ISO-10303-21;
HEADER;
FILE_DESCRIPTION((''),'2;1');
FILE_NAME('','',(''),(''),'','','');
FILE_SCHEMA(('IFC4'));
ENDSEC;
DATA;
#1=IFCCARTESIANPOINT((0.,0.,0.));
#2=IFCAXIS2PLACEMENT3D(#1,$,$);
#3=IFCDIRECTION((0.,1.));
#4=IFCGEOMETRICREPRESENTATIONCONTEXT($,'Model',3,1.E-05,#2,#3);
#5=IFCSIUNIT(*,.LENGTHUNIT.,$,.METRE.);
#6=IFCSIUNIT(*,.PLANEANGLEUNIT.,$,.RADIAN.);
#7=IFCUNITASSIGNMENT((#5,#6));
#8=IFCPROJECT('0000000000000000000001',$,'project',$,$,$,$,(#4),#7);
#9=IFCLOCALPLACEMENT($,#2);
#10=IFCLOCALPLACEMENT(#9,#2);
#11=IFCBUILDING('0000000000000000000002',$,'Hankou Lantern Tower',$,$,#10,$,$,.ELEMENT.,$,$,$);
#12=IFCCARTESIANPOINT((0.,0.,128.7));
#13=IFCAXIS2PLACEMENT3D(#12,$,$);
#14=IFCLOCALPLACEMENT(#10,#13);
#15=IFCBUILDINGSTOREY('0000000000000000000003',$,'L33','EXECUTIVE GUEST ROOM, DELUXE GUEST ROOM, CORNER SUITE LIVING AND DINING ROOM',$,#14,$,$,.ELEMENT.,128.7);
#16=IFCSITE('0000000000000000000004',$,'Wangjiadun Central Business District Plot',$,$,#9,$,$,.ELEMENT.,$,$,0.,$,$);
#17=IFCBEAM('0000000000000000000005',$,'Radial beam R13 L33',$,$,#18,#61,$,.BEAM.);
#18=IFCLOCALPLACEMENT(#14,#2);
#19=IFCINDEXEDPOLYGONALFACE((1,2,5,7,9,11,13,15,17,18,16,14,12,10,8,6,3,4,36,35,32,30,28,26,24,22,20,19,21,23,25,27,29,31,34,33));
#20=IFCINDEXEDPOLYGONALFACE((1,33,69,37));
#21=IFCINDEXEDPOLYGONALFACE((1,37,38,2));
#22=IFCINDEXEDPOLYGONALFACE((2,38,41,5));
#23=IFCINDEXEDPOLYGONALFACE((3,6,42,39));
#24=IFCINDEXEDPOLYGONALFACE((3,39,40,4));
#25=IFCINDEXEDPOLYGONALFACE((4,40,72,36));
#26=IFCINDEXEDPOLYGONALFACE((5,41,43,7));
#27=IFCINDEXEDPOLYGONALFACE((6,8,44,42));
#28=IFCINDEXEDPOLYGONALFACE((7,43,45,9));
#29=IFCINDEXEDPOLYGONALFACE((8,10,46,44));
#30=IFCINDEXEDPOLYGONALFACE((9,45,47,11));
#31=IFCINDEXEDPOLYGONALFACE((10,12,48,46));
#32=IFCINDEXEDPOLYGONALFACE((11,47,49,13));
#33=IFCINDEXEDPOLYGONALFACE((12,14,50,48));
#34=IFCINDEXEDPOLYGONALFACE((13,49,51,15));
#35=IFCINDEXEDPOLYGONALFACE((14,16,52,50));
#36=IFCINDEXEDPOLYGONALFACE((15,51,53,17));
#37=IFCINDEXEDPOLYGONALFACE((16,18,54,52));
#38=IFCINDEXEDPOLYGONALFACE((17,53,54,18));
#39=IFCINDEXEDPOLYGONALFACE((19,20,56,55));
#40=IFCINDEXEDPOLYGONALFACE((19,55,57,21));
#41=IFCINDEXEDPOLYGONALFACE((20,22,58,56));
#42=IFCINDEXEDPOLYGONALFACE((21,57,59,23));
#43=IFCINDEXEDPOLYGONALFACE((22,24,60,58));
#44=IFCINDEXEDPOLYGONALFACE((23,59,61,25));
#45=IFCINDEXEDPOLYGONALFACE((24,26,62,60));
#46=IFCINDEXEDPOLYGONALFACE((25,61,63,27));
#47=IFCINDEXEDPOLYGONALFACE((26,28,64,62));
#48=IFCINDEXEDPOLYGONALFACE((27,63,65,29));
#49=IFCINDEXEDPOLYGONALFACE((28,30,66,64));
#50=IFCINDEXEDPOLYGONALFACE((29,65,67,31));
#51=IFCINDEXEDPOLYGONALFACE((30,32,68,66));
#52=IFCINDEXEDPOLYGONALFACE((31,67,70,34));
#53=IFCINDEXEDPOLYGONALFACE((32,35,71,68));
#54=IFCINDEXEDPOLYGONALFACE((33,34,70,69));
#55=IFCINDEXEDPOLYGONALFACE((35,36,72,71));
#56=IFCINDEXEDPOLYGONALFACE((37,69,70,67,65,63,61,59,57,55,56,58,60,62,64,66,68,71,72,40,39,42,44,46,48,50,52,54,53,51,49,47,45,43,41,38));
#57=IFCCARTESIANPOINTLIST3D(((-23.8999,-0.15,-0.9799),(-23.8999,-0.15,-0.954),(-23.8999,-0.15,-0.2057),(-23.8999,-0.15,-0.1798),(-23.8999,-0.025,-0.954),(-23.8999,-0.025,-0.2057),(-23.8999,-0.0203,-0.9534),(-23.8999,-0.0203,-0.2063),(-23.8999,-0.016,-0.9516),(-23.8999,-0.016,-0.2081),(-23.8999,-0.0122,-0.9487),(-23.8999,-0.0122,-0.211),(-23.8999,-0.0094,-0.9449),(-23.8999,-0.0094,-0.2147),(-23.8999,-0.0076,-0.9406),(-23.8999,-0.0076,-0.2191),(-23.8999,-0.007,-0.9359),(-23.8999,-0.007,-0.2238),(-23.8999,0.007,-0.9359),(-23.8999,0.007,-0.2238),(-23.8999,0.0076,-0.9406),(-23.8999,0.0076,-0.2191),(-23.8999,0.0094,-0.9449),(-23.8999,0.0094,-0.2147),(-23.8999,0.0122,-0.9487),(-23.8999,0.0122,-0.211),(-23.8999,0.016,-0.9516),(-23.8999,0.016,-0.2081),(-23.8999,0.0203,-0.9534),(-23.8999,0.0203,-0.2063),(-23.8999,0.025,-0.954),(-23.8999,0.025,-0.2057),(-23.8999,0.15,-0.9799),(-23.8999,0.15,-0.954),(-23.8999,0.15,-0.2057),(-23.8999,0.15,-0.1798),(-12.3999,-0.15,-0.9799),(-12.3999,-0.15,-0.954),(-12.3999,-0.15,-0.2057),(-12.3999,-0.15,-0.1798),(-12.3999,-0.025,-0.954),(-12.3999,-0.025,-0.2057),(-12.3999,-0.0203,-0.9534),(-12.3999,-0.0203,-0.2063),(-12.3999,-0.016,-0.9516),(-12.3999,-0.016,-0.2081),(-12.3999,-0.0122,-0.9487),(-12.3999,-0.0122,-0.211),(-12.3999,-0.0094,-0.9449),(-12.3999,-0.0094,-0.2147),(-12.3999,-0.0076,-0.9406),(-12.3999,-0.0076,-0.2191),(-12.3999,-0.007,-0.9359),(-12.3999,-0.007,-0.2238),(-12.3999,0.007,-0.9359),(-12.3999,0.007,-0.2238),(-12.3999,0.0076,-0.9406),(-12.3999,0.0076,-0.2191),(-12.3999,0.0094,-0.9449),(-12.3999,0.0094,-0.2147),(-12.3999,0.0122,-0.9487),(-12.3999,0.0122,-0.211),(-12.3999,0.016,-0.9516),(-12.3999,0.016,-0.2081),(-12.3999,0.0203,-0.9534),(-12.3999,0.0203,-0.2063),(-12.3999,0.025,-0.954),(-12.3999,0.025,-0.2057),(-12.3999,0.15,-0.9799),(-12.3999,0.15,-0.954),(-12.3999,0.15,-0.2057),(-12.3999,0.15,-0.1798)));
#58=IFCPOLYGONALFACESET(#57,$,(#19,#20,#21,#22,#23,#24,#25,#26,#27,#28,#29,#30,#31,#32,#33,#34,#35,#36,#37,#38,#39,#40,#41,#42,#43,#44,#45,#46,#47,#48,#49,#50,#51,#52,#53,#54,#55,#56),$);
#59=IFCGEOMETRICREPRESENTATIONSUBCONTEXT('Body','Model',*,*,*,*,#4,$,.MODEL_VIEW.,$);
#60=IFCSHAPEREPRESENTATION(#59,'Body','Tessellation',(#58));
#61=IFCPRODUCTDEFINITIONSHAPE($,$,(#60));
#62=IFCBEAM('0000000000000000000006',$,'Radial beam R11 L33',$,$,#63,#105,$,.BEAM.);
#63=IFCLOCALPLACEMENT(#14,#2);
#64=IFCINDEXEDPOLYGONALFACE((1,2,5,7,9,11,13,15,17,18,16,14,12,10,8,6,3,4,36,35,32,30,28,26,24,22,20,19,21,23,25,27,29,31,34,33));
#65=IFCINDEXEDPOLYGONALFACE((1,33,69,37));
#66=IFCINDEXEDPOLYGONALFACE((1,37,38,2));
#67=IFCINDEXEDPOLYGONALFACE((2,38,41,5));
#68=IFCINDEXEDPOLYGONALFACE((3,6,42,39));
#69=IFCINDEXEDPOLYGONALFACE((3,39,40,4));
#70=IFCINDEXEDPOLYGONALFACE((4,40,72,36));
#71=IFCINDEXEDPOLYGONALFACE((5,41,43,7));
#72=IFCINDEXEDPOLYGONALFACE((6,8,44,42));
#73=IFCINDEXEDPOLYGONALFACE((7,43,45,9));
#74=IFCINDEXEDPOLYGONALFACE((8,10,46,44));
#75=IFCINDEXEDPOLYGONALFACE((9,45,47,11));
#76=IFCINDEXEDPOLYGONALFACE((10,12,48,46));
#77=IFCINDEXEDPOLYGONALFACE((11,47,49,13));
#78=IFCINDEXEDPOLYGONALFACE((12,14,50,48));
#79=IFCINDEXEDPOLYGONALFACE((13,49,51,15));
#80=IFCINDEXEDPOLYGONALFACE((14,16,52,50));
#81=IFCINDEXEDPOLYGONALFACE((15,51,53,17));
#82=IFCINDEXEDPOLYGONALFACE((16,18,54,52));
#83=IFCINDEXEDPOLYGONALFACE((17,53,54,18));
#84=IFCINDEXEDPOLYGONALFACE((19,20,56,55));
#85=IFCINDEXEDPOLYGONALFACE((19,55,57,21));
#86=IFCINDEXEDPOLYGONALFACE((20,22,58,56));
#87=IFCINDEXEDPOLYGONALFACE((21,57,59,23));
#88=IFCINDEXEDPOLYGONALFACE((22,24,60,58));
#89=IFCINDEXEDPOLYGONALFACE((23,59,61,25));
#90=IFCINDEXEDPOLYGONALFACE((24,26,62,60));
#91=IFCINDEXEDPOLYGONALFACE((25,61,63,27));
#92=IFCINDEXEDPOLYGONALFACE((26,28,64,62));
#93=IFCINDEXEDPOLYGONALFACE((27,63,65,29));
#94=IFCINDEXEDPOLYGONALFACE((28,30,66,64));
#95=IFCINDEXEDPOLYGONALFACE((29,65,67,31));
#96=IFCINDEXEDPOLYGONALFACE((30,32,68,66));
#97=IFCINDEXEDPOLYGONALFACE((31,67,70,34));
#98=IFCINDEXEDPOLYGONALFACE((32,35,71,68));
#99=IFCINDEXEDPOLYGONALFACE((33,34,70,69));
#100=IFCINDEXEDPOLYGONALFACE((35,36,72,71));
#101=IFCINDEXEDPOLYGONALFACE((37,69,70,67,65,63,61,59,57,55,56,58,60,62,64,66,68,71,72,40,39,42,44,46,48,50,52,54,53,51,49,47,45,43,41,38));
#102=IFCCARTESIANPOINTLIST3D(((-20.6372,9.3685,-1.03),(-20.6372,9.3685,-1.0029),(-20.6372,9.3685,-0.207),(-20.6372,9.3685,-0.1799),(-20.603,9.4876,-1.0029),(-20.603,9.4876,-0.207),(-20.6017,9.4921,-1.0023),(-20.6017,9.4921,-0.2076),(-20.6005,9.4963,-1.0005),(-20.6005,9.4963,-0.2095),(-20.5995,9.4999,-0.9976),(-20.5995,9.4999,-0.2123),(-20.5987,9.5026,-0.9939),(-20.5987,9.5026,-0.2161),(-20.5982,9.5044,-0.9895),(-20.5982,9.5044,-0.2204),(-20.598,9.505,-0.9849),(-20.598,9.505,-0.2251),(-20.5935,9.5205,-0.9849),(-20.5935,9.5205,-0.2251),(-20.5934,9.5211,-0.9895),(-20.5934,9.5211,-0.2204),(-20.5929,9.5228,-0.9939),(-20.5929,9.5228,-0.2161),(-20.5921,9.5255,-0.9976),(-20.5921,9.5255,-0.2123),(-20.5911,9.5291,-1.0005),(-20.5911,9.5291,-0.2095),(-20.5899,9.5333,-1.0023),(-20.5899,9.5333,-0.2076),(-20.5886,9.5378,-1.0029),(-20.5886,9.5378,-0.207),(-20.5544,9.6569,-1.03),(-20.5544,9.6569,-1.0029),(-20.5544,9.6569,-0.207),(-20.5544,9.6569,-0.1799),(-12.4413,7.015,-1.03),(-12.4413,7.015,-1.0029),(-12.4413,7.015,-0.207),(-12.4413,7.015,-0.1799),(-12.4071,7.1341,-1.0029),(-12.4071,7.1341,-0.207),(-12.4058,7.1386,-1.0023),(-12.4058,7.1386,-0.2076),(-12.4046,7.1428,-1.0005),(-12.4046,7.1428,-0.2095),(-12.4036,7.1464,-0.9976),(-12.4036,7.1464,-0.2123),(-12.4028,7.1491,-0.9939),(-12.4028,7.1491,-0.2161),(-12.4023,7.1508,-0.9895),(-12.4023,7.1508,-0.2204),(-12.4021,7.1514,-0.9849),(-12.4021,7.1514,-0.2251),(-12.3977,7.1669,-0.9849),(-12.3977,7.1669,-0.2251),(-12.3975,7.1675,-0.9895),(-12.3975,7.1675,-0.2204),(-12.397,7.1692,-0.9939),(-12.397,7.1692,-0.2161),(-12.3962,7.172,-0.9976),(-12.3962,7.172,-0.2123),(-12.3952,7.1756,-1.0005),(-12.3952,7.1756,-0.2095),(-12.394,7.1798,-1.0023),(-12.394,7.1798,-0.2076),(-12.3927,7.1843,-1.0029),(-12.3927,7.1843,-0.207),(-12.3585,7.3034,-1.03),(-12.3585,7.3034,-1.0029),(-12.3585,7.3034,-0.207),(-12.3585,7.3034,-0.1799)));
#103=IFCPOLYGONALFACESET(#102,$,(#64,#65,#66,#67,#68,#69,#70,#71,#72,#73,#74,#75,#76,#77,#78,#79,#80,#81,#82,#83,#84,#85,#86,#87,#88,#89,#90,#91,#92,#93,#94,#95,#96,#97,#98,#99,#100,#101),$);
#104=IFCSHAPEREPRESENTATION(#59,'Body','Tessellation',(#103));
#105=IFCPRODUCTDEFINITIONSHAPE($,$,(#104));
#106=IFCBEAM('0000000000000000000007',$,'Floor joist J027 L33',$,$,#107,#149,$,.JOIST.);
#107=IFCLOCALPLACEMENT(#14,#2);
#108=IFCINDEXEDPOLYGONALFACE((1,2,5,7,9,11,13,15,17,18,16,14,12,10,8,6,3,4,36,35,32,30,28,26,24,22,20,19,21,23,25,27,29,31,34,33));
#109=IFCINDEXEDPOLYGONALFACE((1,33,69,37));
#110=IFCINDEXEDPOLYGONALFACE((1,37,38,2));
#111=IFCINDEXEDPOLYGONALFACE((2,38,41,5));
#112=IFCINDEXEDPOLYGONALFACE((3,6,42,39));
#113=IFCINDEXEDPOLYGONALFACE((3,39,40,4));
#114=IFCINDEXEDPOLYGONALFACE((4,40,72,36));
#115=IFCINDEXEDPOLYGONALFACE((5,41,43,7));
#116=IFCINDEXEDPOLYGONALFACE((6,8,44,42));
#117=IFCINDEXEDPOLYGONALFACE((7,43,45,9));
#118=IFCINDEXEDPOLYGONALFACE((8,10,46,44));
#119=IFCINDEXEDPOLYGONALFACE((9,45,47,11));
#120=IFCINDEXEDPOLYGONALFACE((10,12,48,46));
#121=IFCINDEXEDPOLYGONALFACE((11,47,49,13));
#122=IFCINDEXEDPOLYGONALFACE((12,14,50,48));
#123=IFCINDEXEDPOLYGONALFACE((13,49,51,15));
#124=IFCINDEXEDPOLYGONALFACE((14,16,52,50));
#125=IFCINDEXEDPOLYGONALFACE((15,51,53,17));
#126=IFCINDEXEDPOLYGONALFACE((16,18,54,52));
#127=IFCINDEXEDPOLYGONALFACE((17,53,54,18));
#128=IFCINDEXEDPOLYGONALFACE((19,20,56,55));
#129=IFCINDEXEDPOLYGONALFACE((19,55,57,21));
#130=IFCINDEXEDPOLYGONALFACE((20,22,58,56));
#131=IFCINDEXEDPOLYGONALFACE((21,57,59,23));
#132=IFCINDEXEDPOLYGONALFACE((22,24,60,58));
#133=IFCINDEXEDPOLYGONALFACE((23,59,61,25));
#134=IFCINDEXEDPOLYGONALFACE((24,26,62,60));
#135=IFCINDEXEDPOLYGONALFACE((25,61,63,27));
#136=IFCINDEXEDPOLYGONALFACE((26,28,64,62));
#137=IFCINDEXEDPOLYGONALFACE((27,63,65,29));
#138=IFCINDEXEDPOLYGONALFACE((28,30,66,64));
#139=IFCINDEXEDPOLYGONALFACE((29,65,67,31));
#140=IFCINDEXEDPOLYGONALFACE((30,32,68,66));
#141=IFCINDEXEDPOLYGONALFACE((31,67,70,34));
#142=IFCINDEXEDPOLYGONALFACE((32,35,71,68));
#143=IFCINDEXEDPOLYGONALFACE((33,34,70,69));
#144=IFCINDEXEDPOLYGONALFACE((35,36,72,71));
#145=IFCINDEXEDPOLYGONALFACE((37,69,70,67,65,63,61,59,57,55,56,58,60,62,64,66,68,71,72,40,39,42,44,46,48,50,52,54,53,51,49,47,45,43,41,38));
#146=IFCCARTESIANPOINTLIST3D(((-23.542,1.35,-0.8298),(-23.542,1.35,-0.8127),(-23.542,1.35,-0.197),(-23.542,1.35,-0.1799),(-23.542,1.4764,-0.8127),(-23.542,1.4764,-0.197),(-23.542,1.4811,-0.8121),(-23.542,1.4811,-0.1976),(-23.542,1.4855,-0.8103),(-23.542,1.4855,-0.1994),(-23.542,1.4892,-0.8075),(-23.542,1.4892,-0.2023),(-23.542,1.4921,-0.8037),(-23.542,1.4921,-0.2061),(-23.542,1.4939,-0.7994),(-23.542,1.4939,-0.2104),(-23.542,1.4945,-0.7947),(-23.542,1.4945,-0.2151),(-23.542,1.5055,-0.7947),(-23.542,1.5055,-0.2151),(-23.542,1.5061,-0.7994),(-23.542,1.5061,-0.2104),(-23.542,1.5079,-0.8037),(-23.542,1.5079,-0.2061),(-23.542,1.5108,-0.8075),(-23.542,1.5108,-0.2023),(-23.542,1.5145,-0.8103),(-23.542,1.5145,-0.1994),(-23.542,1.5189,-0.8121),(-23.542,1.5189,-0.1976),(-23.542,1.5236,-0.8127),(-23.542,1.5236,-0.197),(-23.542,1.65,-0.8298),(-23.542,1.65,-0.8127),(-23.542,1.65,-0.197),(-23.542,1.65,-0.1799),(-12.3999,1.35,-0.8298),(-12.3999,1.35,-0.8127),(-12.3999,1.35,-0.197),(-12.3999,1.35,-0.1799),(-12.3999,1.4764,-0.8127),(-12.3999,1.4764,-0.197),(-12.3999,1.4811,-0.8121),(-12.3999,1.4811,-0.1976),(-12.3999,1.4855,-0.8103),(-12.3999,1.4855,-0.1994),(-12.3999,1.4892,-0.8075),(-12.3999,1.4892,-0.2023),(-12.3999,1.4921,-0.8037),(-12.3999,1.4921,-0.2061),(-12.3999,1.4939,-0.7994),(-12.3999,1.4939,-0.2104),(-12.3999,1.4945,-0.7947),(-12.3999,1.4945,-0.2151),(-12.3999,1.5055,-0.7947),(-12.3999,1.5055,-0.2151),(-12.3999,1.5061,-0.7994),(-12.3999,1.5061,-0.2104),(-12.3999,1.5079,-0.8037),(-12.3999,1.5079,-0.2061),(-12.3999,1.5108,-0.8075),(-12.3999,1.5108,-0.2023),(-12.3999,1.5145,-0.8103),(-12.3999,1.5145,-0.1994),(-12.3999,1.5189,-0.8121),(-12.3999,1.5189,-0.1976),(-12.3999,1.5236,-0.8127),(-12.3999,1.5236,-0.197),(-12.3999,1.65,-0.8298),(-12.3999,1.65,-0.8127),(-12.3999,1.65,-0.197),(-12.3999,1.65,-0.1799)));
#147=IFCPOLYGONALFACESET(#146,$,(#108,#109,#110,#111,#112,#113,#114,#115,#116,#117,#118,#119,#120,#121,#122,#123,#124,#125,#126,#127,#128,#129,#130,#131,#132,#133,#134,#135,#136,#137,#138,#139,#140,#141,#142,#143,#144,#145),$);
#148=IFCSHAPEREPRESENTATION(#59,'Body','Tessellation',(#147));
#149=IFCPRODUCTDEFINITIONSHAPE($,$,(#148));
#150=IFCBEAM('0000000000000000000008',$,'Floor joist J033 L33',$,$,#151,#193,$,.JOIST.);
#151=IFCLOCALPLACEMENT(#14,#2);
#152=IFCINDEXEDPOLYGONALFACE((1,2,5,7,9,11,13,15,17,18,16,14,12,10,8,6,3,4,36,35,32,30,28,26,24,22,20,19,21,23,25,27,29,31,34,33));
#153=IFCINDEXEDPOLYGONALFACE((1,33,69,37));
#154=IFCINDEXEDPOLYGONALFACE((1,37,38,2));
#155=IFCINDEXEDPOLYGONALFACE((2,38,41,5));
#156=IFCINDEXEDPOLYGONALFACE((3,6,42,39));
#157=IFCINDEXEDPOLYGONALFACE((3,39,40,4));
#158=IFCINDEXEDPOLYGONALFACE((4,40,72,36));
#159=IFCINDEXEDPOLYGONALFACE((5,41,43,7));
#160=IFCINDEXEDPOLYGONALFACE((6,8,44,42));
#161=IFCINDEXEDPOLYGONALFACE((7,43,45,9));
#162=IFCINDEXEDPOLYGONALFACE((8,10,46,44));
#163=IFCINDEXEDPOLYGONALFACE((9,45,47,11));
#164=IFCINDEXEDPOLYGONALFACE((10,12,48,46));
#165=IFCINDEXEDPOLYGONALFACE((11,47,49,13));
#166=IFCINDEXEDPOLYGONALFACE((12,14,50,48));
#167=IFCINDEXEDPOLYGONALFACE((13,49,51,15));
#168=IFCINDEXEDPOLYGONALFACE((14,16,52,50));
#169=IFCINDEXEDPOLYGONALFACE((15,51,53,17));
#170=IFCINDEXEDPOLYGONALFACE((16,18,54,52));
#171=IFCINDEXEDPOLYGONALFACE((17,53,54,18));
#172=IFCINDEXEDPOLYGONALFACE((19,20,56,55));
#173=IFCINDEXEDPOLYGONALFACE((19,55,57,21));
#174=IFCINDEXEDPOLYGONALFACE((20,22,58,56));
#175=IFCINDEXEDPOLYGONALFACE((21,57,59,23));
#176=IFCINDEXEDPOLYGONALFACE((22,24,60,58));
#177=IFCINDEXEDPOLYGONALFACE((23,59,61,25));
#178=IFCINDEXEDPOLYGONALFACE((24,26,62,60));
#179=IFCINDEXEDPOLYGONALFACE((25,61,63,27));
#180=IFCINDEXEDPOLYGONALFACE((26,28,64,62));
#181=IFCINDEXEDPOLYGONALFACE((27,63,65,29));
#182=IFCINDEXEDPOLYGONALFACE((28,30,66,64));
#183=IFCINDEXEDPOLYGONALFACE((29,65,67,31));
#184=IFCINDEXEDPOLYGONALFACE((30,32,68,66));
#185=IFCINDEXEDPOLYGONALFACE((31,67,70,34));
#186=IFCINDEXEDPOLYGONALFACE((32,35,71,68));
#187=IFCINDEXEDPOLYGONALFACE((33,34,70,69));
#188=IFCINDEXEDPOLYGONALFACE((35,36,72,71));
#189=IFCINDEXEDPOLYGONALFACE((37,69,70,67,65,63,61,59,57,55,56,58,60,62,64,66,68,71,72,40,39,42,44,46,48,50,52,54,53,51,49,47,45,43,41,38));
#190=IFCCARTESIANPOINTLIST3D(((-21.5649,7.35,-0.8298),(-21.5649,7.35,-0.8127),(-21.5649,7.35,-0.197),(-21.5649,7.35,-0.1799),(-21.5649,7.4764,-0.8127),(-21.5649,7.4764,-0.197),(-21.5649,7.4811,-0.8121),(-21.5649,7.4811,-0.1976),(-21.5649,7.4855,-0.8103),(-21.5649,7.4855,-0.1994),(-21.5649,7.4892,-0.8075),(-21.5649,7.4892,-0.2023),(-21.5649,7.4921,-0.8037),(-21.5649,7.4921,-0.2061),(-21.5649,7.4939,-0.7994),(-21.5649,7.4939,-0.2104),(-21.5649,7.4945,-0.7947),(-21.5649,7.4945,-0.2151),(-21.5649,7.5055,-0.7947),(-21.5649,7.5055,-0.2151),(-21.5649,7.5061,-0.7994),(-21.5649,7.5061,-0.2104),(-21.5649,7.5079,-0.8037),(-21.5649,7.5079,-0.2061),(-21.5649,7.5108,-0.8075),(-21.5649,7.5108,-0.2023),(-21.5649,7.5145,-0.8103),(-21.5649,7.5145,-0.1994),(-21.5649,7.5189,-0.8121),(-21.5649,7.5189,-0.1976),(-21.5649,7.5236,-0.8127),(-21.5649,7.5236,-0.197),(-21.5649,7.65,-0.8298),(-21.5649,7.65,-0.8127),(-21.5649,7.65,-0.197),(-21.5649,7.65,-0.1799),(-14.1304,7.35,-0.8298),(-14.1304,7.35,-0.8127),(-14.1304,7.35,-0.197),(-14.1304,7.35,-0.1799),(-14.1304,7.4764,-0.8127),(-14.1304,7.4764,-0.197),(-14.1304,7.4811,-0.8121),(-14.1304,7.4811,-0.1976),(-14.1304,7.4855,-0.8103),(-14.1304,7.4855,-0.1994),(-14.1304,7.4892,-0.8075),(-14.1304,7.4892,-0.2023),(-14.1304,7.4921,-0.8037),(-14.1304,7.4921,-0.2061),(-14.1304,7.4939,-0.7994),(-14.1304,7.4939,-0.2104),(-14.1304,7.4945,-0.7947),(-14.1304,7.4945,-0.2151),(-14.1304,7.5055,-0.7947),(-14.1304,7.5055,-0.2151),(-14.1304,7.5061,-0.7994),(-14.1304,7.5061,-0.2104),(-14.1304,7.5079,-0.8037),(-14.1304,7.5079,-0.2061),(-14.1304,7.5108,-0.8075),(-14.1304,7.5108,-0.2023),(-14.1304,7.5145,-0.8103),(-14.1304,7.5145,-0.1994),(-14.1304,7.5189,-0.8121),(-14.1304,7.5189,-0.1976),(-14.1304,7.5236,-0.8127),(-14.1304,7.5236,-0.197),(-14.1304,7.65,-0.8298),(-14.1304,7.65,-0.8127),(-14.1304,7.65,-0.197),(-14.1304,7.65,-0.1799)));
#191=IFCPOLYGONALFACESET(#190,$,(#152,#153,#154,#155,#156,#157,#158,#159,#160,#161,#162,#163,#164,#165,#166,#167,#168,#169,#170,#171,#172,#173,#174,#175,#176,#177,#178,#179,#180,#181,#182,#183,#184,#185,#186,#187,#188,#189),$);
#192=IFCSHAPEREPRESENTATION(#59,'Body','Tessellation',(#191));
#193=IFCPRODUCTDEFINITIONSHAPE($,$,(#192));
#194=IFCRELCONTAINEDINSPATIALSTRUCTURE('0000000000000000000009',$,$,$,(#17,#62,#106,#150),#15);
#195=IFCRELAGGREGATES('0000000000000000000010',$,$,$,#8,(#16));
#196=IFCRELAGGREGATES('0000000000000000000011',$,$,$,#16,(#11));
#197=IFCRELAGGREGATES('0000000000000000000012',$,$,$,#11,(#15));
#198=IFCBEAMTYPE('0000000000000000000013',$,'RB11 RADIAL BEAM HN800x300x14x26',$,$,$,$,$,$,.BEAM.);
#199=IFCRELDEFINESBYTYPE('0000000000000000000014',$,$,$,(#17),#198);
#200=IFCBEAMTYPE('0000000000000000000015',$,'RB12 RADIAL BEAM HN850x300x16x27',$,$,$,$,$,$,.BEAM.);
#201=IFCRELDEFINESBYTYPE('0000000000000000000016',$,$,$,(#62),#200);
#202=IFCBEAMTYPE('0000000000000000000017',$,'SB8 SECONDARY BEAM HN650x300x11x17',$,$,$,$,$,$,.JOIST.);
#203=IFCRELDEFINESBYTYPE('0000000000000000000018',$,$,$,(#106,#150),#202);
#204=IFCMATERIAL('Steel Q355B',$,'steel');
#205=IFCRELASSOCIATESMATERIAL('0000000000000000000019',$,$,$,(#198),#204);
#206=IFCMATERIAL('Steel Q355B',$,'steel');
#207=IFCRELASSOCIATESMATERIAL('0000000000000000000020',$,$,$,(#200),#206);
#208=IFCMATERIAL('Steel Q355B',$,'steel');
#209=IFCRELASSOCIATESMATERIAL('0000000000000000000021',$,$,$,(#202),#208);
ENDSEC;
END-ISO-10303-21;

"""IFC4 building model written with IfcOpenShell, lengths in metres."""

from ifc_helpers import new_model, si_unit, direction, frame, origin, origin_2d, place, context, subcontext, project, spatial, i_section, extrude, material, material_profile, profile_set, type_object, element, save


model = new_model("IFC4")

# Units and contexts
model_context = context("Model", 3, precision=1e-05, world=origin(), true_north=direction((0.0, 1.0)))
body_context = subcontext(model_context, "Body", "Model", "MODEL_VIEW")
ifc_project = project(units=[si_unit("LENGTHUNIT", "METRE"), si_unit("PLANEANGLEUNIT", "RADIAN")], contexts=[model_context])

# Site, building, storey
site_placement = place(None, origin())
site = spatial("IfcSite", under=ifc_project, at=site_placement, Name="Wangjiadun Central Business District Plot", CompositionType="ELEMENT", RefElevation=0.0)
building_placement = place(site_placement, origin())
building = spatial("IfcBuilding", under=site, at=building_placement, Name="Hankou Lantern Tower", CompositionType="ELEMENT")
storey_placement = place(building_placement, frame((0.0, 0.0, 128.7)))
storey = spatial("IfcBuildingStorey", under=building, at=storey_placement, Name="L33", Description="EXECUTIVE GUEST ROOM, DELUXE GUEST ROOM, CORNER SUITE LIVING AND DINING ROOM", CompositionType="ELEMENT", Elevation=128.7)

# Beams
ifc_material_1 = material(Name="Steel Q355B", Category="steel")
ifc_material_profile_1 = material_profile(ifc_material_1, i_section(OverallWidth=0.3, OverallDepth=0.8, WebThickness=0.0139, FlangeThickness=0.0259, FilletRadius=0.0181, at=origin_2d()), Name="HN800x300x14x26")
ifc_profile_set_1 = profile_set([ifc_material_profile_1], Name="Steel Q355B")
beam_type_1 = type_object("IfcBeamType", Name="RB11 RADIAL BEAM HN800x300x14x26", PredefinedType="BEAM", material=ifc_profile_set_1)
beam_1_placement = place(storey_placement, frame((-12.3999, 0.0, -0.5798), z_axis=(-1.0, 0.0, 0.0), x_axis=(0.0, -1.0, 0.0)))
element("IfcBeam", 1, at=beam_1_placement, inside=storey, type_object=beam_type_1, Name="Radial beam R13 L33", PredefinedType="BEAM", context=body_context, shape_type="SweptSolid", body=[
    extrude(i_section(OverallWidth=0.3, OverallDepth=0.8, WebThickness=0.0139, FlangeThickness=0.0259, FilletRadius=0.0181, at=origin_2d()), origin(), (0.0, 0.0, 1.0), 11.5),
])
ifc_material_2 = material(Name="Steel Q355B", Category="steel")
ifc_material_profile_2 = material_profile(ifc_material_2, i_section(OverallWidth=0.3, OverallDepth=0.8501, WebThickness=0.0161, FlangeThickness=0.0271, FilletRadius=0.0181, at=origin_2d()), Name="HN850x300x16x27")
ifc_profile_set_2 = profile_set([ifc_material_profile_2], Name="Steel Q355B")
beam_type_2 = type_object("IfcBeamType", Name="RB12 RADIAL BEAM HN850x300x16x27", PredefinedType="BEAM", material=ifc_profile_set_2)
beam_2_placement = place(storey_placement, frame((-12.3999, 7.1592, -0.605), z_axis=(-0.961156, 0.276007, 0.0), x_axis=(-0.276007, -0.961156, 0.0)))
element("IfcBeam", 2, at=beam_2_placement, inside=storey, type_object=beam_type_2, Name="Radial beam R11 L33", PredefinedType="BEAM", context=body_context, shape_type="SweptSolid", body=[
    extrude(i_section(OverallWidth=0.3, OverallDepth=0.8501, WebThickness=0.0161, FlangeThickness=0.0271, FilletRadius=0.0181, at=origin_2d()), origin(), (0.0, 0.0, 1.0), 8.5271),
])
ifc_material_3 = material(Name="Steel Q355B", Category="steel")
ifc_material_profile_3 = material_profile(ifc_material_3, i_section(OverallWidth=0.3, OverallDepth=0.6499, WebThickness=0.011, FlangeThickness=0.0171, FilletRadius=0.0181, at=origin_2d()), Name="HN650x300x11x17")
ifc_profile_set_3 = profile_set([ifc_material_profile_3], Name="Steel Q355B")
beam_type_3 = type_object("IfcBeamType", Name="SB8 SECONDARY BEAM HN650x300x11x17", PredefinedType="JOIST", material=ifc_profile_set_3)
beam_3_placement = place(storey_placement, frame((-23.542, 1.5, -0.5049), z_axis=(1.0, 0.0, 0.0), x_axis=(0.0, 1.0, 0.0)))
element("IfcBeam", 3, at=beam_3_placement, inside=storey, type_object=beam_type_3, Name="Floor joist J027 L33", PredefinedType="JOIST", context=body_context, shape_type="SweptSolid", body=[
    extrude(i_section(OverallWidth=0.3, OverallDepth=0.6499, WebThickness=0.011, FlangeThickness=0.0171, FilletRadius=0.0181, at=origin_2d()), origin(), (0.0, 0.0, 1.0), 11.1421),
])
beam_4_placement = place(storey_placement, frame((-21.5649, 7.5, -0.5049), z_axis=(1.0, 0.0, 0.0), x_axis=(0.0, 1.0, 0.0)))
element("IfcBeam", 4, at=beam_4_placement, inside=storey, type_object=beam_type_3, Name="Floor joist J033 L33", PredefinedType="JOIST", context=body_context, shape_type="SweptSolid", body=[
    extrude(i_section(OverallWidth=0.3, OverallDepth=0.6499, WebThickness=0.011, FlangeThickness=0.0171, FilletRadius=0.0181, at=origin_2d()), origin(), (0.0, 0.0, 1.0), 7.4346),
])

save(model, "model.ifc")
